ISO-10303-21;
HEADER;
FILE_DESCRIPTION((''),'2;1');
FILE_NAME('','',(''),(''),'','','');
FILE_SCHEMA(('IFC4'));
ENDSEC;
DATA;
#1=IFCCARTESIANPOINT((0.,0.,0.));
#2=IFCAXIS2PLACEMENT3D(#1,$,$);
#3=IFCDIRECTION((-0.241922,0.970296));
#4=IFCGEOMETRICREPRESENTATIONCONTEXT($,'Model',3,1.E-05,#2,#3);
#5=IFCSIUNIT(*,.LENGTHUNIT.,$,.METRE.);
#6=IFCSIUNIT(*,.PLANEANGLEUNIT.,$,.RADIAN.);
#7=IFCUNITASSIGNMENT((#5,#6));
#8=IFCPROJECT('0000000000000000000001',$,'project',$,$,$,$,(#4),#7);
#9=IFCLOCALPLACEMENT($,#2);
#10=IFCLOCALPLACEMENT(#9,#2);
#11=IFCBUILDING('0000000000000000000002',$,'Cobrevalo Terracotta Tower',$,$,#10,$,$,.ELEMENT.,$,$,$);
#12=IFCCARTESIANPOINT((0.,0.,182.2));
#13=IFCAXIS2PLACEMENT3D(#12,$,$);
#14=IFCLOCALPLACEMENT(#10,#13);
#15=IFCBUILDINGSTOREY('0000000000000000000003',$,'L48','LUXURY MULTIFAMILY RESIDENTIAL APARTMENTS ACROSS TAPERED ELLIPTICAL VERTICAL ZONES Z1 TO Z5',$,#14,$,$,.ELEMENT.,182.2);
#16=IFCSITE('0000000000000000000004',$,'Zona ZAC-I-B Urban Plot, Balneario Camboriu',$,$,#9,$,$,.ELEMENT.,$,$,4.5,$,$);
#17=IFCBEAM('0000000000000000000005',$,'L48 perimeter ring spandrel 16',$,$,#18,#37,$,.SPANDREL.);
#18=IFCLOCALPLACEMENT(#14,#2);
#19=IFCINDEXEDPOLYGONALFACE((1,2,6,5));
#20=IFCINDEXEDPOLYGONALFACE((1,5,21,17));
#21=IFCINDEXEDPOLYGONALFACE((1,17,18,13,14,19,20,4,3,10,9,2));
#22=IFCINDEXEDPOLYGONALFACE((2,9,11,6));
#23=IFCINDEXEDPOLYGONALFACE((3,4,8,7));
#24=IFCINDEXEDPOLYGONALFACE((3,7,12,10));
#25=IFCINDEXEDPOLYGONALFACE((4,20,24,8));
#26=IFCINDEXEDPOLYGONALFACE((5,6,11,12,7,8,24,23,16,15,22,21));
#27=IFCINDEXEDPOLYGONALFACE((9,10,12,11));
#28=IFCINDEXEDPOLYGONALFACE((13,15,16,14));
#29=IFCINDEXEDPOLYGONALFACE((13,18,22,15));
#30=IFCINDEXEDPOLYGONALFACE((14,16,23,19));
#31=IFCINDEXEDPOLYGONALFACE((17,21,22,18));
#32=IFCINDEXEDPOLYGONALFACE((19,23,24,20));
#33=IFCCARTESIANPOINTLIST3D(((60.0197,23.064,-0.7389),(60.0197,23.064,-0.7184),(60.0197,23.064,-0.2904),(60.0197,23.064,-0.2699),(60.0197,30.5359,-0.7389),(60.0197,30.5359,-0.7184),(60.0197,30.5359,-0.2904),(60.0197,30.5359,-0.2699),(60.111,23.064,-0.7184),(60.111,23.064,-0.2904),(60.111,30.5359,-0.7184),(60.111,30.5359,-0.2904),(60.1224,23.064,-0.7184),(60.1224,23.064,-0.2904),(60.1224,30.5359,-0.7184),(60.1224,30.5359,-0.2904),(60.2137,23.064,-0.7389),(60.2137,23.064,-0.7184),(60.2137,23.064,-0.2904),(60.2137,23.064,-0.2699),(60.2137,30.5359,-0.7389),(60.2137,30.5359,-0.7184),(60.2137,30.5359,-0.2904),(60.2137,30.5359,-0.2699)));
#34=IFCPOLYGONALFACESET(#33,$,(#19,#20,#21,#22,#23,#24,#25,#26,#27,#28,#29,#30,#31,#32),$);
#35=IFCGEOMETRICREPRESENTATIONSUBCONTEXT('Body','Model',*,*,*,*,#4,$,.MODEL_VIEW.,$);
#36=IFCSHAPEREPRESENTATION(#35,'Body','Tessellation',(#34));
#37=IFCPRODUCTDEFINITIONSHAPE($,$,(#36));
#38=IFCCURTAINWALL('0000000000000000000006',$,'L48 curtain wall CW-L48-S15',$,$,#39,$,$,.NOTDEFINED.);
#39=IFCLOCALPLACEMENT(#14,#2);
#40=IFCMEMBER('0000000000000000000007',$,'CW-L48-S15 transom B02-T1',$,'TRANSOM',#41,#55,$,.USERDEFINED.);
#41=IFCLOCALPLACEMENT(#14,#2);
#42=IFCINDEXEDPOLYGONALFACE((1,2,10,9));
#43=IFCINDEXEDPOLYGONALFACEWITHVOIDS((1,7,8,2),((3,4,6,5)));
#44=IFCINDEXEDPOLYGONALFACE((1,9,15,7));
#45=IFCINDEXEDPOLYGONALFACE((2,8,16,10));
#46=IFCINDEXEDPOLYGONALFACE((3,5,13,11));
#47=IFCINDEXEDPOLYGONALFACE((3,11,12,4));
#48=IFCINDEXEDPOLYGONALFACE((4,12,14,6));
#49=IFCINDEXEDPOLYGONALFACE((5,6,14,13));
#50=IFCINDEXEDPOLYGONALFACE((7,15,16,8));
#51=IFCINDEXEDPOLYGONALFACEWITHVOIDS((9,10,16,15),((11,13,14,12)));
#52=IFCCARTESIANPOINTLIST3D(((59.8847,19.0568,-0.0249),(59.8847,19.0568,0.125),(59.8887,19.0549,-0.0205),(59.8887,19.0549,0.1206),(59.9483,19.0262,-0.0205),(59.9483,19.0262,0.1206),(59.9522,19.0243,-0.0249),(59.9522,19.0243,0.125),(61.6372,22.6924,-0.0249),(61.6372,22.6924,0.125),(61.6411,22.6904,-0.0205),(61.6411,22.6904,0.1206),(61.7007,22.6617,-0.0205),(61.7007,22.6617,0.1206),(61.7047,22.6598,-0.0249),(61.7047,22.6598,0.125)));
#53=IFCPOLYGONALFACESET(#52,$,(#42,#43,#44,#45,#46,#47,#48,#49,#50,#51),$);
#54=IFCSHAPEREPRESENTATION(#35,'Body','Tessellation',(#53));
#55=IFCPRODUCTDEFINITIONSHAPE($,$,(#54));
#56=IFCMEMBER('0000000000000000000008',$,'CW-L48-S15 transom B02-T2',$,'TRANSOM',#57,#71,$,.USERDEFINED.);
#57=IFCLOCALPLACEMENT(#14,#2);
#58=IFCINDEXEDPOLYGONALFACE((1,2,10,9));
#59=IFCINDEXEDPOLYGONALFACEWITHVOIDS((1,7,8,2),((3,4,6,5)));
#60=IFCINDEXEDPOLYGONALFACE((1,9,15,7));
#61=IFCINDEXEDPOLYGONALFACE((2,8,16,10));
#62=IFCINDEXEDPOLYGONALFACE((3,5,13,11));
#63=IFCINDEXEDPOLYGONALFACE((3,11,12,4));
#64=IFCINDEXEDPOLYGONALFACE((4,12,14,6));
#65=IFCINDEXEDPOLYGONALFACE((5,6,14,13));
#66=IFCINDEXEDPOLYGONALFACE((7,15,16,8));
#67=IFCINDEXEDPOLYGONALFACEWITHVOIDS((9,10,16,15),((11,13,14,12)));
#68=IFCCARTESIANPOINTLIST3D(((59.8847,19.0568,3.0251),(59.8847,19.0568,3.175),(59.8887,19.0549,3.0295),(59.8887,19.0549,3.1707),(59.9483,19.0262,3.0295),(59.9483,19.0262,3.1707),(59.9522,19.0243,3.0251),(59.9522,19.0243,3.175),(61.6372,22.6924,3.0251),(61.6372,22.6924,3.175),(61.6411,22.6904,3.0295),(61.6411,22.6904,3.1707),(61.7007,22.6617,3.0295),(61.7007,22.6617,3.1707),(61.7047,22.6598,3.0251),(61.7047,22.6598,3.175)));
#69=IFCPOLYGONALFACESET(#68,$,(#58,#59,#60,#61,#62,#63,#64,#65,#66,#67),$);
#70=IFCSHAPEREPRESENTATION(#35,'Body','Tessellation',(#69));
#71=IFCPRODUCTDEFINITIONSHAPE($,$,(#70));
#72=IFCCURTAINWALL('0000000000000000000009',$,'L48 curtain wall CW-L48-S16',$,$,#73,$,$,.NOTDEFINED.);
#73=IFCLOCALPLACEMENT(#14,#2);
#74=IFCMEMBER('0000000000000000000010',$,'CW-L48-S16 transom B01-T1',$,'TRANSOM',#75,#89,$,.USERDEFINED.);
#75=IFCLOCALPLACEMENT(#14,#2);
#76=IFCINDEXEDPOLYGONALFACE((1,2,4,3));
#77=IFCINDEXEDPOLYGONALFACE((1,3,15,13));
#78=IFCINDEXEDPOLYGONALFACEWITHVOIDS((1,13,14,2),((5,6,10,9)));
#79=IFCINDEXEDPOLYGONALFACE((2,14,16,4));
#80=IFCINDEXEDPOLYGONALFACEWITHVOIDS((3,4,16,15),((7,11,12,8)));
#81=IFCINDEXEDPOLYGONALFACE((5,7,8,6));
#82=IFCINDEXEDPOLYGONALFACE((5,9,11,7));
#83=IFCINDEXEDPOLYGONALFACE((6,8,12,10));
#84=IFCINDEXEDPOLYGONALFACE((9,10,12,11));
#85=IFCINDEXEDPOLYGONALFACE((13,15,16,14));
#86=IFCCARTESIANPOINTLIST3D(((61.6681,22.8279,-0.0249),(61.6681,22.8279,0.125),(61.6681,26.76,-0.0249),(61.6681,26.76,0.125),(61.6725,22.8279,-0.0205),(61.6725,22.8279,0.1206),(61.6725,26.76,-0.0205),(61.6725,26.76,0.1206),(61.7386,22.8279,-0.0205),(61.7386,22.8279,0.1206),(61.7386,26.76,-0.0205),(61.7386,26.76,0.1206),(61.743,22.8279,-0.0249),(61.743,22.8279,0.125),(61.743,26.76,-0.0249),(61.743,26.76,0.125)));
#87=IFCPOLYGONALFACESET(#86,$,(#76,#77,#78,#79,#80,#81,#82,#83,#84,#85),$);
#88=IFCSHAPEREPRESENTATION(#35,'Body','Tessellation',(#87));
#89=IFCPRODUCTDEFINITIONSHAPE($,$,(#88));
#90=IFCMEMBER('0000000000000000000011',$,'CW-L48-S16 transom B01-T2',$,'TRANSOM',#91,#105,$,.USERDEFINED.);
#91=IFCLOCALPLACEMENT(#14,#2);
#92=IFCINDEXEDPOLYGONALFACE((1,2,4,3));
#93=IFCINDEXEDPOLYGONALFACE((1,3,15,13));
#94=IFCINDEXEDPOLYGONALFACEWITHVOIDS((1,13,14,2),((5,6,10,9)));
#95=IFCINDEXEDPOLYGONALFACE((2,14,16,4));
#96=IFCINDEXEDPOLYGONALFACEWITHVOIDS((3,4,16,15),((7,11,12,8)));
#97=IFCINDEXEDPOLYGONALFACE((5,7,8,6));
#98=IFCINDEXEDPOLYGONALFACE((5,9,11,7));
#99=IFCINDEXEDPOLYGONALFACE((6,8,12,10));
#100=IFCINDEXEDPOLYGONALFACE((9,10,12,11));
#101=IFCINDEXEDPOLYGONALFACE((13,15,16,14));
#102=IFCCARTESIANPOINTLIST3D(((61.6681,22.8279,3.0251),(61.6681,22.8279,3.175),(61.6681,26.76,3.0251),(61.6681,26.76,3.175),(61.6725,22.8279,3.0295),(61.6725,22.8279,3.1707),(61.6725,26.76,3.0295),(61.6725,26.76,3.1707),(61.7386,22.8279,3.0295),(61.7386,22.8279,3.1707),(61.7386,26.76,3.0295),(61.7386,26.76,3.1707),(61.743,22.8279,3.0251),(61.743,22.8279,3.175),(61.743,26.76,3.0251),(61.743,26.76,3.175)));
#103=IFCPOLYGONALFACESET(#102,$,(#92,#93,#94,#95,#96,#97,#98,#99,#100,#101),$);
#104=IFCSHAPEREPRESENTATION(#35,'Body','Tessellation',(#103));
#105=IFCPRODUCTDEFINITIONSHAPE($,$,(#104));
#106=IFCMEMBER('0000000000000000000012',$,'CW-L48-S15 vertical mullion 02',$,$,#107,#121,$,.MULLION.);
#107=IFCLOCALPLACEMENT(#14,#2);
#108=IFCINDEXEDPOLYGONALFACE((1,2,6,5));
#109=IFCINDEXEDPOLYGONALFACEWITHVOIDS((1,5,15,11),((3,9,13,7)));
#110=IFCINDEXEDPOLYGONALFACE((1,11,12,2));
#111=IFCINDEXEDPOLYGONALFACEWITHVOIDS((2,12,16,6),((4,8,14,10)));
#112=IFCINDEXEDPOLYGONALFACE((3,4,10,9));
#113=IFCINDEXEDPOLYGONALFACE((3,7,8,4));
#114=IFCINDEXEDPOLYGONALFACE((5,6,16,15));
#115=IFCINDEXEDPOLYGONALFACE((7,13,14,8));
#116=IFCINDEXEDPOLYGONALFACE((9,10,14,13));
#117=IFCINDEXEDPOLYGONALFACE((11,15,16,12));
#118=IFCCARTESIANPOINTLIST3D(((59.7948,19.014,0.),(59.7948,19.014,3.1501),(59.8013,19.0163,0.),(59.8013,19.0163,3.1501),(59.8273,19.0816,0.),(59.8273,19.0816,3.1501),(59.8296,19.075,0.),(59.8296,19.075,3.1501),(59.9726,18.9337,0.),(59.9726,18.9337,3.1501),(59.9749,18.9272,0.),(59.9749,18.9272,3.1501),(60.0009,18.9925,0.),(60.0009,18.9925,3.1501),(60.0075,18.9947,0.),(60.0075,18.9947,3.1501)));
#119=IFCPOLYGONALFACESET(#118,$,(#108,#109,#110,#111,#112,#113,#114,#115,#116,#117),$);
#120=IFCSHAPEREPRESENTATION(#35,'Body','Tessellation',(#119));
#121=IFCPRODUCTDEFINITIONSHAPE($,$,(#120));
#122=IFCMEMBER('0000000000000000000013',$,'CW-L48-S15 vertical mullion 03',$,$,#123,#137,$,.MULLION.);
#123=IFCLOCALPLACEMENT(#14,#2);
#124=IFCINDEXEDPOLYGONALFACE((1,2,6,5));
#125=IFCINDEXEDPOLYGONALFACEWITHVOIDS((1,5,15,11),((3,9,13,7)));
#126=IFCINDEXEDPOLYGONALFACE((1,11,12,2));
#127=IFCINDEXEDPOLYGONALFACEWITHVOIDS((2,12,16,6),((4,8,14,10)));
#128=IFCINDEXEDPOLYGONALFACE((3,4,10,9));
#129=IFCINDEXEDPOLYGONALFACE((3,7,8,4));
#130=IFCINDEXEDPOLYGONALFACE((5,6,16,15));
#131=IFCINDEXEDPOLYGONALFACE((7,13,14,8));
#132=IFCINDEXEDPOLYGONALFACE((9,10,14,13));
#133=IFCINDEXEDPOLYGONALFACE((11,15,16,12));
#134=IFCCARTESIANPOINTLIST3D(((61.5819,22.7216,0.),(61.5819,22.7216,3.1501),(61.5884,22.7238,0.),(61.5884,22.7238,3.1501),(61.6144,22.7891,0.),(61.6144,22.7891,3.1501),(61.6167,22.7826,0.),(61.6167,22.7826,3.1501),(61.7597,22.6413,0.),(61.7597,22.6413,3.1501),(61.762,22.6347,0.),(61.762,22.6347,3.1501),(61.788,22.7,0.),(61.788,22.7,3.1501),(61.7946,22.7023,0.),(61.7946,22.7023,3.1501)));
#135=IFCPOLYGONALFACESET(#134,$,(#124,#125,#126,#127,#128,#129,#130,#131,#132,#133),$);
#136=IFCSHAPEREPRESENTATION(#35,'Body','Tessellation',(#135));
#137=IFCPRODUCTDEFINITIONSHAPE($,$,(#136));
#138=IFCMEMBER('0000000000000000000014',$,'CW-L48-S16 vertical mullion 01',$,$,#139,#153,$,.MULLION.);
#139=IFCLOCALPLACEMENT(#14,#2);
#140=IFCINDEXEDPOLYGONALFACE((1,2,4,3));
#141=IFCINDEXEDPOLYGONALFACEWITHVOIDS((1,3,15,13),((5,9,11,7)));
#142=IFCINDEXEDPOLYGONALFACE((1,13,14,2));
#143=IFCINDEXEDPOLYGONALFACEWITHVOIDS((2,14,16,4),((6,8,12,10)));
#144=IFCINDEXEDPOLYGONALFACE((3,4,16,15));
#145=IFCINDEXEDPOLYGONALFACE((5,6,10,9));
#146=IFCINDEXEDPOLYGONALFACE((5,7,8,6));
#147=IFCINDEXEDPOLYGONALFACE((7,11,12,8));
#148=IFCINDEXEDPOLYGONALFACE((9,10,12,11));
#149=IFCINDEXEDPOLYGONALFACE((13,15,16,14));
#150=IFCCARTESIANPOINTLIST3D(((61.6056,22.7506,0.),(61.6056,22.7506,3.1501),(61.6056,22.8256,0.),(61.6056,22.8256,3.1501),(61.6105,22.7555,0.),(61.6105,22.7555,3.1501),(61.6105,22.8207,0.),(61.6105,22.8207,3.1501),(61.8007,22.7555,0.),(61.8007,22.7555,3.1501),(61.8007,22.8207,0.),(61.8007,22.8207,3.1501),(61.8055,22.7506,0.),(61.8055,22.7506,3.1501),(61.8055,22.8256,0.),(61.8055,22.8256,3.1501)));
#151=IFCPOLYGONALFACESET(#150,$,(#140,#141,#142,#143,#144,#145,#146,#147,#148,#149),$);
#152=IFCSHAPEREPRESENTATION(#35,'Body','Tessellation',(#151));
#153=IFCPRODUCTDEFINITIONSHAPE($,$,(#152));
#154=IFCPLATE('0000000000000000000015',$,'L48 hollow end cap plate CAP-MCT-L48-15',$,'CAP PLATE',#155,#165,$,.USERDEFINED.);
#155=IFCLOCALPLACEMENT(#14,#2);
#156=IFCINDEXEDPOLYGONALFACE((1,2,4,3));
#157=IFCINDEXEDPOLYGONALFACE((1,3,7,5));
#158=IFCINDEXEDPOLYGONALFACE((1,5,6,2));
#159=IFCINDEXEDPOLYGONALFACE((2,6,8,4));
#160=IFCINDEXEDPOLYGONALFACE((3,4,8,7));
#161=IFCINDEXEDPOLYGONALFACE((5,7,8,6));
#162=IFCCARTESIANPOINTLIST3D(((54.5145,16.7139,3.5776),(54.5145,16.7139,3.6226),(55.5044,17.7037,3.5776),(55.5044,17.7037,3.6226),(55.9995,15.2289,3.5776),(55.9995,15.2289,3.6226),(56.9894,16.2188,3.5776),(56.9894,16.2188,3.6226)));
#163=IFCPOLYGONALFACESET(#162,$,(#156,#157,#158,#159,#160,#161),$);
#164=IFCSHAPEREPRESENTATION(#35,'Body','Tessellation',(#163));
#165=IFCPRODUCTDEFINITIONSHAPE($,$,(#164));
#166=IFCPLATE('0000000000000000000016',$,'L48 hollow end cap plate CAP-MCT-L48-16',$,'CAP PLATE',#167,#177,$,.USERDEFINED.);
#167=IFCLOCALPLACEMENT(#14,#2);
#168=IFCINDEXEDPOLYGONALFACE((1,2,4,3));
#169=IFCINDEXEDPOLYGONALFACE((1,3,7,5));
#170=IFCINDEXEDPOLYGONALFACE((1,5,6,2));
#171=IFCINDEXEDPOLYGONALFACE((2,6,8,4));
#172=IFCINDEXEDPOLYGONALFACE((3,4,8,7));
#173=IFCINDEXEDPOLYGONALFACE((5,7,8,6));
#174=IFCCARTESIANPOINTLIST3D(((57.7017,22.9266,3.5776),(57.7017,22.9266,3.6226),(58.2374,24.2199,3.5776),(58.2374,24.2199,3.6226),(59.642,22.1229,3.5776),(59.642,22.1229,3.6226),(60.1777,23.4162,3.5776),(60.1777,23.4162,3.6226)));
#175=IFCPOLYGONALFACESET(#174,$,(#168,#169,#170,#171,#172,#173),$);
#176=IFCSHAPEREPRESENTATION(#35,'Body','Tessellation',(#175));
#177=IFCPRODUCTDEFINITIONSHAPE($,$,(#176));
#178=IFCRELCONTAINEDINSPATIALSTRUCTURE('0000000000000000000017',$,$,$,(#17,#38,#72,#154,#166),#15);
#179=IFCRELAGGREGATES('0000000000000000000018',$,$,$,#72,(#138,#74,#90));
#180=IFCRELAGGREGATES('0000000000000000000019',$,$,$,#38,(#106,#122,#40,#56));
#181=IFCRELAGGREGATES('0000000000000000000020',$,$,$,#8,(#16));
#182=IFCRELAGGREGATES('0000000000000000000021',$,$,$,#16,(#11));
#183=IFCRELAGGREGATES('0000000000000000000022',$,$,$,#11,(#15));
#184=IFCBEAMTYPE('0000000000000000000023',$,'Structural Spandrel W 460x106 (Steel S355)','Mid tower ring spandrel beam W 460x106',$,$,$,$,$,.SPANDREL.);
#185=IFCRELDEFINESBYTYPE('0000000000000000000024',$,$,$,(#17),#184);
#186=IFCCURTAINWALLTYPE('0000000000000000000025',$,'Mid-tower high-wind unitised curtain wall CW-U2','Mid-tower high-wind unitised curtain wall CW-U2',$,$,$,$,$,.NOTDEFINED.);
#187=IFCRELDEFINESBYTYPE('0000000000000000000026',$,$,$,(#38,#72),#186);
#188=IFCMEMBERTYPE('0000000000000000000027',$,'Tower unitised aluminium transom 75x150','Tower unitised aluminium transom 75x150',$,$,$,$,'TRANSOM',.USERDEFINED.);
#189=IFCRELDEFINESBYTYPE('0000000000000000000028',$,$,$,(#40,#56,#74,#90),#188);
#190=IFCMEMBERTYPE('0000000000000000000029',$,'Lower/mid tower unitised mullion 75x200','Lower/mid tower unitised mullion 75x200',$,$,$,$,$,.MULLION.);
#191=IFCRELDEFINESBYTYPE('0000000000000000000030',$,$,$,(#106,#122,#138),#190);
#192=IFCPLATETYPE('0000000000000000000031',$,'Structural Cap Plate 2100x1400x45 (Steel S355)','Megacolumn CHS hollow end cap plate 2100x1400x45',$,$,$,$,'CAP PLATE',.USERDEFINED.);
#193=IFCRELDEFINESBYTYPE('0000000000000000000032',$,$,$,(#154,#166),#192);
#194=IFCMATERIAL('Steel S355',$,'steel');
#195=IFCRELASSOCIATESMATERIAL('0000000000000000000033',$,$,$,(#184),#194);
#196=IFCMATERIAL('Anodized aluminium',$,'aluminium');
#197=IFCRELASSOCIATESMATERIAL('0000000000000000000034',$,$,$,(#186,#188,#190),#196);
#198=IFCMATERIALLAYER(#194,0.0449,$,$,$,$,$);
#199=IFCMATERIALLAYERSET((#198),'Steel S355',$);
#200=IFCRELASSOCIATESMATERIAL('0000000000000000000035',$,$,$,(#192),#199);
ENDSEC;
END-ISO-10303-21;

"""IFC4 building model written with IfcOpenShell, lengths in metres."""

from ifc_helpers import new_model, si_unit, direction, frame, origin, origin_2d, place, context, subcontext, project, spatial, rectangle, hollow_rectangle, i_section, extrude, source, transform, mapped, material, layer, layer_set, material_profile, profile_set, type_object, element, aggregate, save


model = new_model("IFC4")

# Units and contexts
model_context = context("Model", 3, precision=1e-05, world=origin(), true_north=direction((-0.241922, 0.970296)))
body_context = subcontext(model_context, "Body", "Model", "MODEL_VIEW")
ifc_project = project(units=[si_unit("LENGTHUNIT", "METRE"), si_unit("PLANEANGLEUNIT", "RADIAN")], contexts=[model_context])

# Site, building, storey
site_placement = place(None, origin())
site = spatial("IfcSite", under=ifc_project, at=site_placement, Name="Zona ZAC-I-B Urban Plot, Balneario Camboriu", CompositionType="ELEMENT", RefElevation=4.5)
building_placement = place(site_placement, origin())
building = spatial("IfcBuilding", under=site, at=building_placement, Name="Cobrevalo Terracotta Tower", CompositionType="ELEMENT")
storey_placement = place(building_placement, frame((0.0, 0.0, 182.2)))
storey = spatial("IfcBuildingStorey", under=building, at=storey_placement, Name="L48", Description="LUXURY MULTIFAMILY RESIDENTIAL APARTMENTS ACROSS TAPERED ELLIPTICAL VERTICAL ZONES Z1 TO Z5", CompositionType="ELEMENT", Elevation=182.2)

# Shared definitions
ifc_material_1 = material(Name="Steel S355", Category="steel")

# Beam
ifc_material_profile_1 = material_profile(ifc_material_1, i_section(OverallWidth=0.1941, OverallDepth=0.469, WebThickness=0.0115, FlangeThickness=0.0205, at=origin_2d()), Name="W 460x106")
ifc_profile_set_1 = profile_set([ifc_material_profile_1], Name="Steel S355")
beam_type_1 = type_object("IfcBeamType", Name="Structural Spandrel W 460x106 (Steel S355)", Description="Mid tower ring spandrel beam W 460x106", PredefinedType="SPANDREL", material=ifc_profile_set_1)
beam_1_placement = place(storey_placement, frame((60.1167, 23.064, -0.5044), z_axis=(0.0, 1.0, 0.0), x_axis=(-1.0, 0.0, 0.0)))
element("IfcBeam", 1, at=beam_1_placement, inside=storey, type_object=beam_type_1, Name="L48 perimeter ring spandrel 16", PredefinedType="SPANDREL", context=body_context, shape_type="SweptSolid", body=[
    extrude(i_section(OverallWidth=0.1941, OverallDepth=0.469, WebThickness=0.0115, FlangeThickness=0.0205, at=origin_2d()), origin(), (0.0, 0.0, 1.0), 7.4719),
])

# Curtain walls, members
ifc_material_2 = material(Name="Anodized aluminium", Category="aluminium")
curtain_wall_type = type_object("IfcCurtainWallType", Name="Mid-tower high-wind unitised curtain wall CW-U2", Description="Mid-tower high-wind unitised curtain wall CW-U2", PredefinedType="NOTDEFINED", material=ifc_material_2)
curtain_wall_1_placement = place(storey_placement, origin())
curtain_wall_1 = element("IfcCurtainWall", 2, at=curtain_wall_1_placement, inside=storey, type_object=curtain_wall_type, Name="L48 curtain wall CW-L48-S15", PredefinedType="NOTDEFINED")
ifc_material_profile_2 = material_profile(ifc_material_2, hollow_rectangle(XDim=0.075, YDim=0.1499, WallThickness=0.0044, at=origin_2d()), Name="CWT 75x150")
ifc_profile_set_2 = profile_set([ifc_material_profile_2], Name="Anodized aluminium")
member_type_1 = type_object("IfcMemberType", Name="Tower unitised aluminium transom 75x150", Description="Tower unitised aluminium transom 75x150", ElementType="TRANSOM", PredefinedType="USERDEFINED", material=ifc_profile_set_2)
shared_shape_1 = source(origin(), body_context, "Body", "SweptSolid", [
    extrude(hollow_rectangle(XDim=0.075, YDim=0.1499, WallThickness=0.0044, at=origin_2d()), origin(), (0.0, 0.0, 1.0), 4.0359),
])
member_1_placement = place(storey_placement, frame((59.9185, 19.0405, 0.05), z_axis=(0.434221, 0.900806, 0.0), x_axis=(-0.900806, 0.434221, 0.0)))
member_1 = element("IfcMember", 3, at=member_1_placement, type_object=member_type_1, Name="CW-L48-S15 transom B02-T1", ObjectType="TRANSOM", PredefinedType="USERDEFINED", context=body_context, shape_type="MappedRepresentation", body=[
    mapped(shared_shape_1, transform((0.0, 0.0, 0.0), scale=1.0)),
])
member_2_placement = place(storey_placement, frame((59.9185, 19.0405, 3.1001), z_axis=(0.434221, 0.900806, 0.0), x_axis=(-0.900806, 0.434221, 0.0)))
member_2 = element("IfcMember", 4, at=member_2_placement, type_object=member_type_1, Name="CW-L48-S15 transom B02-T2", ObjectType="TRANSOM", PredefinedType="USERDEFINED", context=body_context, shape_type="MappedRepresentation", body=[
    mapped(shared_shape_1, transform((0.0, 0.0, 0.0), scale=1.0)),
])
curtain_wall_2_placement = place(storey_placement, origin())
curtain_wall_2 = element("IfcCurtainWall", 5, at=curtain_wall_2_placement, inside=storey, type_object=curtain_wall_type, Name="L48 curtain wall CW-L48-S16", PredefinedType="NOTDEFINED")
shared_shape_2 = source(origin(), body_context, "Body", "SweptSolid", [
    extrude(hollow_rectangle(XDim=0.075, YDim=0.1499, WallThickness=0.0044, at=origin_2d()), origin(), (0.0, 0.0, 1.0), 3.9321),
])
member_3_placement = place(storey_placement, frame((61.7056, 22.8279, 0.05), z_axis=(0.0, 1.0, 0.0), x_axis=(-1.0, 0.0, 0.0)))
member_3 = element("IfcMember", 6, at=member_3_placement, type_object=member_type_1, Name="CW-L48-S16 transom B01-T1", ObjectType="TRANSOM", PredefinedType="USERDEFINED", context=body_context, shape_type="MappedRepresentation", body=[
    mapped(shared_shape_2, transform((0.0, 0.0, 0.0), scale=1.0)),
])
member_4_placement = place(storey_placement, frame((61.7056, 22.8279, 3.1001), z_axis=(0.0, 1.0, 0.0), x_axis=(-1.0, 0.0, 0.0)))
member_4 = element("IfcMember", 7, at=member_4_placement, type_object=member_type_1, Name="CW-L48-S16 transom B01-T2", ObjectType="TRANSOM", PredefinedType="USERDEFINED", context=body_context, shape_type="MappedRepresentation", body=[
    mapped(shared_shape_2, transform((0.0, 0.0, 0.0), scale=1.0)),
])

# Members
ifc_material_profile_3 = material_profile(ifc_material_2, hollow_rectangle(XDim=0.075, YDim=0.2, WallThickness=0.0049, at=origin_2d()), Name="CWM 75x200")
ifc_profile_set_3 = profile_set([ifc_material_profile_3], Name="Anodized aluminium")
member_type_2 = type_object("IfcMemberType", Name="Lower/mid tower unitised mullion 75x200", Description="Lower/mid tower unitised mullion 75x200", PredefinedType="MULLION", material=ifc_profile_set_3)
shared_shape_3 = source(origin(), body_context, "Body", "SweptSolid", [
    extrude(hollow_rectangle(XDim=0.075, YDim=0.2, WallThickness=0.0049, at=origin_2d()), origin(), (0.0, 0.0, 1.0), 3.1501),
])
member_5_placement = place(storey_placement, frame((59.9011, 19.0044, 0.0), z_axis=(0.0, 0.0, 1.0), x_axis=(0.434209, 0.900812, 0.0)))
member_5 = element("IfcMember", 8, at=member_5_placement, type_object=member_type_2, Name="CW-L48-S15 vertical mullion 02", PredefinedType="MULLION", context=body_context, shape_type="MappedRepresentation", body=[
    mapped(shared_shape_3, transform((0.0, 0.0, 0.0), scale=1.0)),
])
member_6_placement = place(storey_placement, frame((61.6882, 22.7119, 0.0), z_axis=(0.0, 0.0, 1.0), x_axis=(0.434209, 0.900812, 0.0)))
member_6 = element("IfcMember", 9, at=member_6_placement, type_object=member_type_2, Name="CW-L48-S15 vertical mullion 03", PredefinedType="MULLION", context=body_context, shape_type="MappedRepresentation", body=[
    mapped(shared_shape_3, transform((0.0, 0.0, 0.0), scale=1.0)),
])
member_7_placement = place(storey_placement, frame((61.7056, 22.7881, 0.0), z_axis=(0.0, 0.0, 1.0), x_axis=(0.0, 1.0, 0.0)))
member_7 = element("IfcMember", 10, at=member_7_placement, type_object=member_type_2, Name="CW-L48-S16 vertical mullion 01", PredefinedType="MULLION", context=body_context, shape_type="MappedRepresentation", body=[
    mapped(shared_shape_3, transform((0.0, 0.0, 0.0), scale=1.0)),
])
aggregate(curtain_wall_2, [member_7, member_3, member_4])

# Plates
ifc_layer_1 = layer(ifc_material_1, 0.0449)
ifc_layer_set_1 = layer_set([ifc_layer_1], Name="Steel S355")
plate_type_1 = type_object("IfcPlateType", Name="Structural Cap Plate 2100x1400x45 (Steel S355)", Description="Megacolumn CHS hollow end cap plate 2100x1400x45", ElementType="CAP PLATE", PredefinedType="USERDEFINED", material=ifc_layer_set_1)
shared_shape_4 = source(origin(), body_context, "Body", "SweptSolid", [
    extrude(rectangle(XDim=2.1001, YDim=1.3999, at=origin_2d()), origin(), (0.0, 0.0, 1.0), 0.0449),
])
for number, where, z_axis, x_axis, name in (
    (11, (55.752, 16.4663, 3.5776), (0.0, 0.0, 1.0), (0.707107, -0.707107, 0.0), "L48 hollow end cap plate CAP-MCT-L48-15"),
    (12, (58.9397, 23.1714, 3.5776), (0.0, 0.0, 1.0), (0.92388, -0.382683, 0.0), "L48 hollow end cap plate CAP-MCT-L48-16"),
):
    element("IfcPlate", number, at=place(storey_placement, frame(where, z_axis=z_axis, x_axis=x_axis)), inside=storey, type_object=plate_type_1, Name=name, ObjectType="CAP PLATE", PredefinedType="USERDEFINED", context=body_context, shape_type="MappedRepresentation", body=[
        mapped(shared_shape_4, transform((0.0, 0.0, 0.0), scale=1.0)),
    ])

aggregate(curtain_wall_1, [member_5, member_6, member_1, member_2])

save(model, "model.ifc")
